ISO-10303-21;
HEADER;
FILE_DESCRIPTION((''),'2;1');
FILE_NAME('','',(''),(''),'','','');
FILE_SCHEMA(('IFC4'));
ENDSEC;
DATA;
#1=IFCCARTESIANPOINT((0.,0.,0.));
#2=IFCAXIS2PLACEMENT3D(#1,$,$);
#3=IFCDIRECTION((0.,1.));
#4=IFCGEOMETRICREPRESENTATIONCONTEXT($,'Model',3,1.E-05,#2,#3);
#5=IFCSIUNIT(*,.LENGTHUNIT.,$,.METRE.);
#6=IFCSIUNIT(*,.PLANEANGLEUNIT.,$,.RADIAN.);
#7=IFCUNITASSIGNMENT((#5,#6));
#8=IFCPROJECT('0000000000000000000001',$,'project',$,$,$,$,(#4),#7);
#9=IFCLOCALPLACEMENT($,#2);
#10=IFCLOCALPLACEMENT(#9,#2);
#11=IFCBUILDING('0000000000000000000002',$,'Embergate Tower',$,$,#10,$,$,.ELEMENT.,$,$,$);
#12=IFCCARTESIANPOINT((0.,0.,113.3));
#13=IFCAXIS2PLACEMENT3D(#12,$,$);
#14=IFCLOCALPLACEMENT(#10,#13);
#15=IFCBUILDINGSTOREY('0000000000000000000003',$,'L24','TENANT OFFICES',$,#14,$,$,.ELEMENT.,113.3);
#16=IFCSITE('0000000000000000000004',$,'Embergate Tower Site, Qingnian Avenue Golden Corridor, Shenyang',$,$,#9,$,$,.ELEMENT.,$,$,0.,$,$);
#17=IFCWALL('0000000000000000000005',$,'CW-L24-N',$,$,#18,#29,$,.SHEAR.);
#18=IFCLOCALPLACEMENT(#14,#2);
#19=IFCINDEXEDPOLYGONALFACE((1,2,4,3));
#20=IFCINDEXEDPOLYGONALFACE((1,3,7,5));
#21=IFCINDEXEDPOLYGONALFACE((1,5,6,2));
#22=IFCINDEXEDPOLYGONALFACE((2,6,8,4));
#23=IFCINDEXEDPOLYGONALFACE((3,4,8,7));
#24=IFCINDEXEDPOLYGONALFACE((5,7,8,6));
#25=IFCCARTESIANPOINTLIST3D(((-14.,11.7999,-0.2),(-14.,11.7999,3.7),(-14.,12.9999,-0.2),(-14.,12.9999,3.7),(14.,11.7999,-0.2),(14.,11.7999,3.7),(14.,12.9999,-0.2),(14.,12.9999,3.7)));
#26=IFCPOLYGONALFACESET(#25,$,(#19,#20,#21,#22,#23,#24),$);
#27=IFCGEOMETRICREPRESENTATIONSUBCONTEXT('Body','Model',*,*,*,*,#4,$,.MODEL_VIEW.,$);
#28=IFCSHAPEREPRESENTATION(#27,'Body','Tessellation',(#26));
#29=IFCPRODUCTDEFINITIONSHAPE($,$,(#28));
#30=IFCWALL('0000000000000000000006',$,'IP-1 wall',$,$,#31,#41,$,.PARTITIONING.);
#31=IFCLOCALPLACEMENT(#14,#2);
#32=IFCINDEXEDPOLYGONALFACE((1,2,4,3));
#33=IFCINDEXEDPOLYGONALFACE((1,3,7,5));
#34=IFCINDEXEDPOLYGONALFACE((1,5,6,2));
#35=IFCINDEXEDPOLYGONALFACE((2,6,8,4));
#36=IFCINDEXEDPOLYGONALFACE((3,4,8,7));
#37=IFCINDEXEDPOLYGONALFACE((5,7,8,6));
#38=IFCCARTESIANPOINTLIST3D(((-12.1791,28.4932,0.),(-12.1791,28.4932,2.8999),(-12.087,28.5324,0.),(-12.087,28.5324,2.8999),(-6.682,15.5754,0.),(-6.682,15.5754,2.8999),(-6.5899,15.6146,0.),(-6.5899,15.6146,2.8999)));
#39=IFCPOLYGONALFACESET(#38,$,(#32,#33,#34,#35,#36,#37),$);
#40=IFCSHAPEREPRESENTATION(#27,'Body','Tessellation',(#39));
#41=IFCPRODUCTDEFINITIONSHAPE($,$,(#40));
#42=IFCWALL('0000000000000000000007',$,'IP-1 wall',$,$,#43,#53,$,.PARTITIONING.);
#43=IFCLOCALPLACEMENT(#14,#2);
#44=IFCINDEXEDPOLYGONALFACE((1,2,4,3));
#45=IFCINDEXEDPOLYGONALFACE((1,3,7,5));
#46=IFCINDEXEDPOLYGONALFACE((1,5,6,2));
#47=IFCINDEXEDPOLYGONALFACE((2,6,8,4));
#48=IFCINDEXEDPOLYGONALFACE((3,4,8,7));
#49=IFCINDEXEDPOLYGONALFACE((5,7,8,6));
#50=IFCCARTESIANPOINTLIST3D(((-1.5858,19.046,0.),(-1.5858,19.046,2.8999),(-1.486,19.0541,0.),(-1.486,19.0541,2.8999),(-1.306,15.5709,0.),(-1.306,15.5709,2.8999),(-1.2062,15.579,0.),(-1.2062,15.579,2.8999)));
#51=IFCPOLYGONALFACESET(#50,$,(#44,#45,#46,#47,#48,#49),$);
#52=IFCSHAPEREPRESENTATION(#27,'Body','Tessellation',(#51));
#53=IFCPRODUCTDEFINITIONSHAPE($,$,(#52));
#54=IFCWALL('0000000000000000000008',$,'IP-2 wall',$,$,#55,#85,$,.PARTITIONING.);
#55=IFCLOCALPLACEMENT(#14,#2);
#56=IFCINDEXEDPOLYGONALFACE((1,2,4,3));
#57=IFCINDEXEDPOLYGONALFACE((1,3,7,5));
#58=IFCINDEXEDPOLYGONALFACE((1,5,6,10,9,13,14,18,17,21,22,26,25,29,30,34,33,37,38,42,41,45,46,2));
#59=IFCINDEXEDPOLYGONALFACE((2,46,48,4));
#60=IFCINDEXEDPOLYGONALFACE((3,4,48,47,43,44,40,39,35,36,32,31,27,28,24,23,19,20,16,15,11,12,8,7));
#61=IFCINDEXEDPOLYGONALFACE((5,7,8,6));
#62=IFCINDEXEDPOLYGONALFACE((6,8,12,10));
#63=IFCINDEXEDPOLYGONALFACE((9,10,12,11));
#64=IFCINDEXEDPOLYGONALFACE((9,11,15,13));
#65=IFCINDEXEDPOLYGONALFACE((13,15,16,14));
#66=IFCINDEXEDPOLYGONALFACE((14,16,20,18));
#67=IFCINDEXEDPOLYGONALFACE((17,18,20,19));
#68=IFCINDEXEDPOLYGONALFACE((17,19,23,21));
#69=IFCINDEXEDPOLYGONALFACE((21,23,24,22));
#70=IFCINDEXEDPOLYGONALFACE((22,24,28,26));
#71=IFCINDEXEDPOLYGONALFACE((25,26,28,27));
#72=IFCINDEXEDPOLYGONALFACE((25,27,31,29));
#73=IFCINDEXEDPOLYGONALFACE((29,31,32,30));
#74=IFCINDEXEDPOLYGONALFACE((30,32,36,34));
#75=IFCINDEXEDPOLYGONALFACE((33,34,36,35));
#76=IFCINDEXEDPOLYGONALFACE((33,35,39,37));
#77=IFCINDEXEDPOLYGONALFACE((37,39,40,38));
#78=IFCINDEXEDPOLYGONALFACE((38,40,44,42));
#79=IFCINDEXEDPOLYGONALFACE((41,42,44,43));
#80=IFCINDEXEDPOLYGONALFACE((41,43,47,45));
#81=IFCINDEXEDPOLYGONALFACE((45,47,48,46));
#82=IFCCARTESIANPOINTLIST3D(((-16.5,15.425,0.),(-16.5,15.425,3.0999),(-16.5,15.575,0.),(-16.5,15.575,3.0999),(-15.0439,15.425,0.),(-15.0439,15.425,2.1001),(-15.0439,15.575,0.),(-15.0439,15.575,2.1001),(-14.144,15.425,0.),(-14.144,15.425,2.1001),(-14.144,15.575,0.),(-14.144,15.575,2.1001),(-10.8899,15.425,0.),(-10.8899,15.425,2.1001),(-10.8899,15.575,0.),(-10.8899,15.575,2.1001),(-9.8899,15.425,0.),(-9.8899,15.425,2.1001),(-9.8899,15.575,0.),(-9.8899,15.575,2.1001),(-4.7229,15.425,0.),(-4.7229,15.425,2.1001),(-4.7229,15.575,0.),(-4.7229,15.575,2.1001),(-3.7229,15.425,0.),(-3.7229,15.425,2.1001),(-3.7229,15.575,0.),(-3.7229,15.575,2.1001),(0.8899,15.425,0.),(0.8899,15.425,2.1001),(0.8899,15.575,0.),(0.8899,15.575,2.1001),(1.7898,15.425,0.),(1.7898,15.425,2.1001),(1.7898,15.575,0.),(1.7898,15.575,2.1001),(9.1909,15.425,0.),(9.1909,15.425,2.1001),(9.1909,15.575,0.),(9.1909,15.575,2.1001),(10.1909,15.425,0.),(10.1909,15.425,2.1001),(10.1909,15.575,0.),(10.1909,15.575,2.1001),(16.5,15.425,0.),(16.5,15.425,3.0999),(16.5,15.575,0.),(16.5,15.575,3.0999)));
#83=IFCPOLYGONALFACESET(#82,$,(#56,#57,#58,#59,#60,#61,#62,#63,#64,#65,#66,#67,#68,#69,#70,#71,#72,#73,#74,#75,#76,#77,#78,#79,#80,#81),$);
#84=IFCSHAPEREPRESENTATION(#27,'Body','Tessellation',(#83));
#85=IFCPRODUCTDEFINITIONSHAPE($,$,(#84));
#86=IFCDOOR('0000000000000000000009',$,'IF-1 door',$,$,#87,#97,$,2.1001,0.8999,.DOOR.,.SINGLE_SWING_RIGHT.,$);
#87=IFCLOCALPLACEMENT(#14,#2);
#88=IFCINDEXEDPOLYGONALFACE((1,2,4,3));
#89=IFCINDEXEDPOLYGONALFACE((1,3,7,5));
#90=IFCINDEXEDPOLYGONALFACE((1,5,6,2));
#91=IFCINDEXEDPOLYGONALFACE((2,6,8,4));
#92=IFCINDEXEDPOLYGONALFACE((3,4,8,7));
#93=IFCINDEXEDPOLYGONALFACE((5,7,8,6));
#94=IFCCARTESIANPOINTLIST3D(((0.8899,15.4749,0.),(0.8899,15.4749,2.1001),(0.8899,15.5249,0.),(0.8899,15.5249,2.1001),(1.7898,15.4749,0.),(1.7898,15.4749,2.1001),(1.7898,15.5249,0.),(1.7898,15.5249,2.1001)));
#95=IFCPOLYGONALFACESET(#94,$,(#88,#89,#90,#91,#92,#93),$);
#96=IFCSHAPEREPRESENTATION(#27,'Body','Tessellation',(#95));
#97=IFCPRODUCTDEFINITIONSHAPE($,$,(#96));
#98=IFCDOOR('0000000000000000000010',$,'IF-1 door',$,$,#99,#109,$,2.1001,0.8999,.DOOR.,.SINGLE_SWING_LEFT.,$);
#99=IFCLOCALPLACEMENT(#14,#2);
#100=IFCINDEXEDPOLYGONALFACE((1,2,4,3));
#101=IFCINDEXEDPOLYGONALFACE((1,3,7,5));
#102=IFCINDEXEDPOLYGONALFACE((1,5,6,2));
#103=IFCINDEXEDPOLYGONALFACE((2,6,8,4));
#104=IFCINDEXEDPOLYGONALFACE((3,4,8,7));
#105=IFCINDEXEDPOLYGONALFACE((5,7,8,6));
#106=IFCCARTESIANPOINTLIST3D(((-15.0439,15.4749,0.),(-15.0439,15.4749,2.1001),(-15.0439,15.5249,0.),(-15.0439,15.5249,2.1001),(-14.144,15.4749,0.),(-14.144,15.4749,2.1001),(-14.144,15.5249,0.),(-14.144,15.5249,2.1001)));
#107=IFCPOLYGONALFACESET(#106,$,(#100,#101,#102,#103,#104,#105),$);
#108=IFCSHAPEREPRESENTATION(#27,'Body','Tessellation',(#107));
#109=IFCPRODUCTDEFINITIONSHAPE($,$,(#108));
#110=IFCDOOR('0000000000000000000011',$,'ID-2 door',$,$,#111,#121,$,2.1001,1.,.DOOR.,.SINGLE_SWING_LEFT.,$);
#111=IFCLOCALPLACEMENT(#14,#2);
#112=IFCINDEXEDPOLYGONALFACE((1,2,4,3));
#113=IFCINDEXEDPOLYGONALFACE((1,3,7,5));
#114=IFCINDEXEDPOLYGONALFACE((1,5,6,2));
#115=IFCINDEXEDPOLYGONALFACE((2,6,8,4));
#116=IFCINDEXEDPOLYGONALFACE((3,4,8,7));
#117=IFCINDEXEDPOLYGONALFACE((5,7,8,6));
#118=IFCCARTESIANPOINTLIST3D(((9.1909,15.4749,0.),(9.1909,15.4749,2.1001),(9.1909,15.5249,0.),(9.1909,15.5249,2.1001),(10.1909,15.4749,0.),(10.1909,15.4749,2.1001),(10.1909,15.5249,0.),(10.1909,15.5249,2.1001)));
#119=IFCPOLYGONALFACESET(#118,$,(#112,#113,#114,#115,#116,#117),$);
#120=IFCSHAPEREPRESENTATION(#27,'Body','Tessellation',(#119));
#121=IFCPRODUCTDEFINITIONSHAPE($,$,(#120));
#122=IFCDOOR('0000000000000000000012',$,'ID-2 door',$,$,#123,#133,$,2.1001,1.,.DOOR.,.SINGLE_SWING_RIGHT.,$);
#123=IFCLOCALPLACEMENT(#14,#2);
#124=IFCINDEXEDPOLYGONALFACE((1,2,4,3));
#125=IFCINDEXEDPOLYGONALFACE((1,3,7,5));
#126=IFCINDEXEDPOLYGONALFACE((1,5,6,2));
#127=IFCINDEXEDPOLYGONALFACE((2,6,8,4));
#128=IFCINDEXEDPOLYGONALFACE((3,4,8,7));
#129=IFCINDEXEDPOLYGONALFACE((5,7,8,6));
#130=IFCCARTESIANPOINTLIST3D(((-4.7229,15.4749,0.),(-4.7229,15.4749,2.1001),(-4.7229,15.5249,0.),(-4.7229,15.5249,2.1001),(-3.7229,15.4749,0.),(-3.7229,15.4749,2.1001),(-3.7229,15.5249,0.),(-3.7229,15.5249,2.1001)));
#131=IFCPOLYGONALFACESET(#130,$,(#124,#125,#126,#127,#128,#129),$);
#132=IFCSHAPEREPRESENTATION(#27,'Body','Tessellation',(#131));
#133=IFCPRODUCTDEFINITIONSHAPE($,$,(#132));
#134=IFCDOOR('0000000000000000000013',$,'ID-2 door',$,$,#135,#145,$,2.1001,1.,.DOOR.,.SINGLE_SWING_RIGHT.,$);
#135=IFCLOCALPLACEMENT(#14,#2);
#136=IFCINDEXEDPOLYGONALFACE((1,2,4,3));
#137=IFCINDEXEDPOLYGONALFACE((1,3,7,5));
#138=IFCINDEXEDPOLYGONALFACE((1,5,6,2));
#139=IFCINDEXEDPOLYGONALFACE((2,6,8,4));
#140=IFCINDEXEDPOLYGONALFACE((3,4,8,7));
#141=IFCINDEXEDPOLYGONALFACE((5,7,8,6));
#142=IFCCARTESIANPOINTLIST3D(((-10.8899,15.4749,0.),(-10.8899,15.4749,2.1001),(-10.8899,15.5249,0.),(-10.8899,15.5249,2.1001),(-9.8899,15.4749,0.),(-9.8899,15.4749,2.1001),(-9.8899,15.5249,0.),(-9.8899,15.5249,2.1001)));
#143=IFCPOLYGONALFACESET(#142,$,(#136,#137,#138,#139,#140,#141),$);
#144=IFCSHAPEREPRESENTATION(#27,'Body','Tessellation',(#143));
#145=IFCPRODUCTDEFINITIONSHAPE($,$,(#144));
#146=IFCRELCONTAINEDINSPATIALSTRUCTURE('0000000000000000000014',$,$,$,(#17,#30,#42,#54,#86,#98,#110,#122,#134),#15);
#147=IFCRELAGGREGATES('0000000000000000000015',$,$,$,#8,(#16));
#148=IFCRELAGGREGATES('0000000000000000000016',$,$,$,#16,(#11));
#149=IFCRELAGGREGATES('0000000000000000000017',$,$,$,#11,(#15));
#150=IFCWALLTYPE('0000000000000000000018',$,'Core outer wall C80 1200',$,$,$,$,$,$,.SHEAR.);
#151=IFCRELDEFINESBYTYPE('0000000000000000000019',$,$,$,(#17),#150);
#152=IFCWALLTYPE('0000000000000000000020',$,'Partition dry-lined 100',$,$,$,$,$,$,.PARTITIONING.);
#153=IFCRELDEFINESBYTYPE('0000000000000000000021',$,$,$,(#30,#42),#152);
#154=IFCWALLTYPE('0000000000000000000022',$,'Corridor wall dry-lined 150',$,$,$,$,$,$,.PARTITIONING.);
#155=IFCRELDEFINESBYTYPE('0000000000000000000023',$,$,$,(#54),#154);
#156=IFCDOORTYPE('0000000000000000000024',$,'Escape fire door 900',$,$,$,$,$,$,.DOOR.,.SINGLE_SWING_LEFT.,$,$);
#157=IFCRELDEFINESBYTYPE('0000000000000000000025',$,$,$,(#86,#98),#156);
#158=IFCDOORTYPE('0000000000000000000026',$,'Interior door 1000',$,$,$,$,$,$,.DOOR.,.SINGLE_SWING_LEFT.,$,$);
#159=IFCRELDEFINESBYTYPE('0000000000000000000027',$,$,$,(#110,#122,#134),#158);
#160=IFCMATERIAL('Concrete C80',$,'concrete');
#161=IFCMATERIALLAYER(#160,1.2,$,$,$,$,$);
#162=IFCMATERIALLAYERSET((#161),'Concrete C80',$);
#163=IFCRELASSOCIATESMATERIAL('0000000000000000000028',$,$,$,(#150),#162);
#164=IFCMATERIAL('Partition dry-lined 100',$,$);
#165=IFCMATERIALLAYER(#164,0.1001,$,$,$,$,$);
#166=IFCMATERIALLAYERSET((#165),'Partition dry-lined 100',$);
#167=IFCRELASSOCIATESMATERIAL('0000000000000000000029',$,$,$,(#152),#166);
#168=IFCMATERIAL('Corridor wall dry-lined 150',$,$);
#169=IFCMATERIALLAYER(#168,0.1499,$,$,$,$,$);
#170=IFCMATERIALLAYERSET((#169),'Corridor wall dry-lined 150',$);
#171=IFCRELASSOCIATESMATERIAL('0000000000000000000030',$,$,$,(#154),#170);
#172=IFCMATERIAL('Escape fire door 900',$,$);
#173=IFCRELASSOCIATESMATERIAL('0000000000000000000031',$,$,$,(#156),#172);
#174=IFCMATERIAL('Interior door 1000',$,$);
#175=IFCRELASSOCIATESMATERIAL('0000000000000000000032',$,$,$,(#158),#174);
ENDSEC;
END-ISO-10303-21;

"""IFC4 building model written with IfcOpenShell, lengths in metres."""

from ifc_helpers import new_model, si_unit, direction, frame, frame_2d, origin, place, context, subcontext, project, spatial, rectangle, extrude, source, transform, mapped, material, layer, layer_set, type_object, element, fill, save


model = new_model("IFC4")

# Units and contexts
model_context = context("Model", 3, precision=1e-05, world=origin(), true_north=direction((0.0, 1.0)))
body_context = subcontext(model_context, "Body", "Model", "MODEL_VIEW")
ifc_project = project(units=[si_unit("LENGTHUNIT", "METRE"), si_unit("PLANEANGLEUNIT", "RADIAN")], contexts=[model_context])

# Site, building, storey
site_placement = place(None, origin())
site = spatial("IfcSite", under=ifc_project, at=site_placement, Name="Embergate Tower Site, Qingnian Avenue Golden Corridor, Shenyang", CompositionType="ELEMENT", RefElevation=0.0)
building_placement = place(site_placement, origin())
building = spatial("IfcBuilding", under=site, at=building_placement, Name="Embergate Tower", CompositionType="ELEMENT")
storey_placement = place(building_placement, frame((0.0, 0.0, 113.3)))
storey = spatial("IfcBuildingStorey", under=building, at=storey_placement, Name="L24", Description="TENANT OFFICES", CompositionType="ELEMENT", Elevation=113.3)

# Walls
ifc_material_1 = material(Name="Concrete C80", Category="concrete")
ifc_layer_1 = layer(ifc_material_1, 1.2)
ifc_layer_set_1 = layer_set([ifc_layer_1], Name="Concrete C80")
wall_type_1 = type_object("IfcWallType", Name="Core outer wall C80 1200", PredefinedType="SHEAR", material=ifc_layer_set_1)
shared_shape_1 = source(origin(), body_context, "Body", "SweptSolid", [
    extrude(rectangle(XDim=28.0, YDim=1.2, at=frame_2d((14.0, 0.0))), origin(), (0.0, 0.0, 1.0), 3.8999),
])
wall_1_placement = place(storey_placement, frame((-14.0, 12.3999, -0.2), z_axis=(0.0, 0.0, 1.0), x_axis=(1.0, 0.0, 0.0)))
element("IfcWall", 1, at=wall_1_placement, inside=storey, type_object=wall_type_1, Name="CW-L24-N", PredefinedType="SHEAR", context=body_context, shape_type="MappedRepresentation", body=[
    mapped(shared_shape_1, transform((0.0, 0.0, 0.0))),
])
ifc_material_2 = material(Name="Partition dry-lined 100")
ifc_layer_2 = layer(ifc_material_2, 0.1001)
ifc_layer_set_2 = layer_set([ifc_layer_2], Name="Partition dry-lined 100")
wall_type_2 = type_object("IfcWallType", Name="Partition dry-lined 100", PredefinedType="PARTITIONING", material=ifc_layer_set_2)
shared_shape_2 = source(origin(), body_context, "Body", "SweptSolid", [
    extrude(rectangle(XDim=14.0388, YDim=0.1001, at=frame_2d((7.0195, 0.0))), origin(), (0.0, 0.0, 1.0), 2.8999),
])
wall_2_placement = place(storey_placement, frame((-12.1331, 28.5129, 0.0), z_axis=(0.0, 0.0, 1.0), x_axis=(0.391559, -0.920153, 0.0)))
element("IfcWall", 2, at=wall_2_placement, inside=storey, type_object=wall_type_2, Name="IP-1 wall", PredefinedType="PARTITIONING", context=body_context, shape_type="MappedRepresentation", body=[
    mapped(shared_shape_2, transform((0.0, 0.0, 0.0))),
])
shared_shape_3 = source(origin(), body_context, "Body", "SweptSolid", [
    extrude(rectangle(XDim=3.4863, YDim=0.1001, at=frame_2d((1.7432, 0.0))), origin(), (0.0, 0.0, 1.0), 2.8999),
])
wall_3_placement = place(storey_placement, frame((-1.2561, 15.575, 0.0), z_axis=(0.0, 0.0, 1.0), x_axis=(-0.080252, 0.996775, 0.0)))
element("IfcWall", 3, at=wall_3_placement, inside=storey, type_object=wall_type_2, Name="IP-1 wall", PredefinedType="PARTITIONING", context=body_context, shape_type="MappedRepresentation", body=[
    mapped(shared_shape_3, transform((0.0, 0.0, 0.0))),
])

# Wall, openings, doors
ifc_material_3 = material(Name="Corridor wall dry-lined 150")
ifc_layer_3 = layer(ifc_material_3, 0.1499)
ifc_layer_set_3 = layer_set([ifc_layer_3], Name="Corridor wall dry-lined 150")
wall_type_3 = type_object("IfcWallType", Name="Corridor wall dry-lined 150", PredefinedType="PARTITIONING", material=ifc_layer_set_3)
shared_shape_4 = source(origin(), body_context, "Body", "SweptSolid", [
    extrude(rectangle(XDim=33.0, YDim=0.1499, at=frame_2d((16.5, 0.0))), origin(), (0.0, 0.0, 1.0), 3.0999),
])
wall_4_placement = place(storey_placement, frame((-16.5, 15.5, 0.0), z_axis=(0.0, 0.0, 1.0), x_axis=(1.0, 0.0, 0.0)))
wall_4 = element("IfcWall", 4, at=wall_4_placement, inside=storey, type_object=wall_type_3, Name="IP-2 wall", PredefinedType="PARTITIONING", context=body_context, shape_type="MappedRepresentation", body=[
    mapped(shared_shape_4, transform((0.0, 0.0, 0.0))),
])
shared_shape_5 = source(origin(), body_context, "Body", "SweptSolid", [
    extrude(rectangle(XDim=1.0, YDim=2.1001, at=frame_2d((0.5, 1.05))), frame((0.0, 0.085, 0.0), z_axis=(0.0, -1.0, 0.0), x_axis=(1.0, 0.0, 0.0)), (0.0, 0.0, 1.0), 0.1699),
])
opening_1_placement = place(wall_4_placement, frame((25.6909, 0.0, 0.0)))
opening_1 = element("IfcOpeningElement", 5, at=opening_1_placement, cuts=wall_4, PredefinedType="OPENING", context=body_context, shape_type="MappedRepresentation", body=[
    mapped(shared_shape_5, transform((0.0, 0.0, 0.0))),
])
shared_shape_6 = source(origin(), body_context, "Body", "SweptSolid", [
    extrude(rectangle(XDim=0.8999, YDim=2.1001, at=frame_2d((0.45, 1.05))), frame((0.0, 0.085, 0.0), z_axis=(0.0, -1.0, 0.0), x_axis=(1.0, 0.0, 0.0)), (0.0, 0.0, 1.0), 0.1699),
])
opening_2_placement = place(wall_4_placement, frame((17.3899, 0.0, 0.0)))
opening_2 = element("IfcOpeningElement", 6, at=opening_2_placement, cuts=wall_4, PredefinedType="OPENING", context=body_context, shape_type="MappedRepresentation", body=[
    mapped(shared_shape_6, transform((0.0, 0.0, 0.0))),
])
opening_3_placement = place(wall_4_placement, frame((11.7771, 0.0, 0.0)))
opening_3 = element("IfcOpeningElement", 7, at=opening_3_placement, cuts=wall_4, PredefinedType="OPENING", context=body_context, shape_type="MappedRepresentation", body=[
    mapped(shared_shape_5, transform((0.0, 0.0, 0.0))),
])
opening_4_placement = place(wall_4_placement, frame((5.6101, 0.0, 0.0)))
opening_4 = element("IfcOpeningElement", 8, at=opening_4_placement, cuts=wall_4, PredefinedType="OPENING", context=body_context, shape_type="MappedRepresentation", body=[
    mapped(shared_shape_5, transform((0.0, 0.0, 0.0))),
])
opening_5_placement = place(wall_4_placement, frame((1.4561, 0.0, 0.0)))
opening_5 = element("IfcOpeningElement", 9, at=opening_5_placement, cuts=wall_4, PredefinedType="OPENING", context=body_context, shape_type="MappedRepresentation", body=[
    mapped(shared_shape_6, transform((0.0, 0.0, 0.0))),
])
ifc_material_4 = material(Name="Escape fire door 900")
door_type_1 = type_object("IfcDoorType", Name="Escape fire door 900", OperationType="SINGLE_SWING_LEFT", PredefinedType="DOOR", material=ifc_material_4)
shared_shape_7 = source(origin(), body_context, "Body", "SweptSolid", [
    extrude(rectangle(XDim=0.8999, YDim=2.1001, at=frame_2d((0.45, 1.05))), frame((0.0, 0.0249, 0.0), z_axis=(0.0, -1.0, 0.0), x_axis=(1.0, 0.0, 0.0)), (0.0, 0.0, 1.0), 0.05),
])
door_1_placement = place(opening_2_placement, origin())
door_1 = element("IfcDoor", 10, at=door_1_placement, inside=storey, type_object=door_type_1, Name="IF-1 door", OperationType="SINGLE_SWING_RIGHT", OverallHeight=2.1001, OverallWidth=0.8999, PredefinedType="DOOR", context=body_context, shape_type="MappedRepresentation", body=[
    mapped(shared_shape_7, transform((0.0, 0.0, 0.0))),
])
fill(opening_2, door_1)
door_2_placement = place(opening_5_placement, origin())
door_2 = element("IfcDoor", 11, at=door_2_placement, inside=storey, type_object=door_type_1, Name="IF-1 door", OperationType="SINGLE_SWING_LEFT", OverallHeight=2.1001, OverallWidth=0.8999, PredefinedType="DOOR", context=body_context, shape_type="MappedRepresentation", body=[
    mapped(shared_shape_7, transform((0.0, 0.0, 0.0))),
])
fill(opening_5, door_2)
ifc_material_5 = material(Name="Interior door 1000")
door_type_2 = type_object("IfcDoorType", Name="Interior door 1000", OperationType="SINGLE_SWING_LEFT", PredefinedType="DOOR", material=ifc_material_5)
shared_shape_8 = source(origin(), body_context, "Body", "SweptSolid", [
    extrude(rectangle(XDim=1.0, YDim=2.1001, at=frame_2d((0.5, 1.05))), frame((0.0, 0.0249, 0.0), z_axis=(0.0, -1.0, 0.0), x_axis=(1.0, 0.0, 0.0)), (0.0, 0.0, 1.0), 0.05),
])
door_3_placement = place(opening_1_placement, origin())
door_3 = element("IfcDoor", 12, at=door_3_placement, inside=storey, type_object=door_type_2, Name="ID-2 door", OperationType="SINGLE_SWING_LEFT", OverallHeight=2.1001, OverallWidth=1.0, PredefinedType="DOOR", context=body_context, shape_type="MappedRepresentation", body=[
    mapped(shared_shape_8, transform((0.0, 0.0, 0.0))),
])
fill(opening_1, door_3)
door_4_placement = place(opening_3_placement, origin())
door_4 = element("IfcDoor", 13, at=door_4_placement, inside=storey, type_object=door_type_2, Name="ID-2 door", OperationType="SINGLE_SWING_RIGHT", OverallHeight=2.1001, OverallWidth=1.0, PredefinedType="DOOR", context=body_context, shape_type="MappedRepresentation", body=[
    mapped(shared_shape_8, transform((0.0, 0.0, 0.0))),
])
fill(opening_3, door_4)
door_5_placement = place(opening_4_placement, origin())
door_5 = element("IfcDoor", 14, at=door_5_placement, inside=storey, type_object=door_type_2, Name="ID-2 door", OperationType="SINGLE_SWING_RIGHT", OverallHeight=2.1001, OverallWidth=1.0, PredefinedType="DOOR", context=body_context, shape_type="MappedRepresentation", body=[
    mapped(shared_shape_8, transform((0.0, 0.0, 0.0))),
])
fill(opening_4, door_5)

save(model, "model.ifc")
